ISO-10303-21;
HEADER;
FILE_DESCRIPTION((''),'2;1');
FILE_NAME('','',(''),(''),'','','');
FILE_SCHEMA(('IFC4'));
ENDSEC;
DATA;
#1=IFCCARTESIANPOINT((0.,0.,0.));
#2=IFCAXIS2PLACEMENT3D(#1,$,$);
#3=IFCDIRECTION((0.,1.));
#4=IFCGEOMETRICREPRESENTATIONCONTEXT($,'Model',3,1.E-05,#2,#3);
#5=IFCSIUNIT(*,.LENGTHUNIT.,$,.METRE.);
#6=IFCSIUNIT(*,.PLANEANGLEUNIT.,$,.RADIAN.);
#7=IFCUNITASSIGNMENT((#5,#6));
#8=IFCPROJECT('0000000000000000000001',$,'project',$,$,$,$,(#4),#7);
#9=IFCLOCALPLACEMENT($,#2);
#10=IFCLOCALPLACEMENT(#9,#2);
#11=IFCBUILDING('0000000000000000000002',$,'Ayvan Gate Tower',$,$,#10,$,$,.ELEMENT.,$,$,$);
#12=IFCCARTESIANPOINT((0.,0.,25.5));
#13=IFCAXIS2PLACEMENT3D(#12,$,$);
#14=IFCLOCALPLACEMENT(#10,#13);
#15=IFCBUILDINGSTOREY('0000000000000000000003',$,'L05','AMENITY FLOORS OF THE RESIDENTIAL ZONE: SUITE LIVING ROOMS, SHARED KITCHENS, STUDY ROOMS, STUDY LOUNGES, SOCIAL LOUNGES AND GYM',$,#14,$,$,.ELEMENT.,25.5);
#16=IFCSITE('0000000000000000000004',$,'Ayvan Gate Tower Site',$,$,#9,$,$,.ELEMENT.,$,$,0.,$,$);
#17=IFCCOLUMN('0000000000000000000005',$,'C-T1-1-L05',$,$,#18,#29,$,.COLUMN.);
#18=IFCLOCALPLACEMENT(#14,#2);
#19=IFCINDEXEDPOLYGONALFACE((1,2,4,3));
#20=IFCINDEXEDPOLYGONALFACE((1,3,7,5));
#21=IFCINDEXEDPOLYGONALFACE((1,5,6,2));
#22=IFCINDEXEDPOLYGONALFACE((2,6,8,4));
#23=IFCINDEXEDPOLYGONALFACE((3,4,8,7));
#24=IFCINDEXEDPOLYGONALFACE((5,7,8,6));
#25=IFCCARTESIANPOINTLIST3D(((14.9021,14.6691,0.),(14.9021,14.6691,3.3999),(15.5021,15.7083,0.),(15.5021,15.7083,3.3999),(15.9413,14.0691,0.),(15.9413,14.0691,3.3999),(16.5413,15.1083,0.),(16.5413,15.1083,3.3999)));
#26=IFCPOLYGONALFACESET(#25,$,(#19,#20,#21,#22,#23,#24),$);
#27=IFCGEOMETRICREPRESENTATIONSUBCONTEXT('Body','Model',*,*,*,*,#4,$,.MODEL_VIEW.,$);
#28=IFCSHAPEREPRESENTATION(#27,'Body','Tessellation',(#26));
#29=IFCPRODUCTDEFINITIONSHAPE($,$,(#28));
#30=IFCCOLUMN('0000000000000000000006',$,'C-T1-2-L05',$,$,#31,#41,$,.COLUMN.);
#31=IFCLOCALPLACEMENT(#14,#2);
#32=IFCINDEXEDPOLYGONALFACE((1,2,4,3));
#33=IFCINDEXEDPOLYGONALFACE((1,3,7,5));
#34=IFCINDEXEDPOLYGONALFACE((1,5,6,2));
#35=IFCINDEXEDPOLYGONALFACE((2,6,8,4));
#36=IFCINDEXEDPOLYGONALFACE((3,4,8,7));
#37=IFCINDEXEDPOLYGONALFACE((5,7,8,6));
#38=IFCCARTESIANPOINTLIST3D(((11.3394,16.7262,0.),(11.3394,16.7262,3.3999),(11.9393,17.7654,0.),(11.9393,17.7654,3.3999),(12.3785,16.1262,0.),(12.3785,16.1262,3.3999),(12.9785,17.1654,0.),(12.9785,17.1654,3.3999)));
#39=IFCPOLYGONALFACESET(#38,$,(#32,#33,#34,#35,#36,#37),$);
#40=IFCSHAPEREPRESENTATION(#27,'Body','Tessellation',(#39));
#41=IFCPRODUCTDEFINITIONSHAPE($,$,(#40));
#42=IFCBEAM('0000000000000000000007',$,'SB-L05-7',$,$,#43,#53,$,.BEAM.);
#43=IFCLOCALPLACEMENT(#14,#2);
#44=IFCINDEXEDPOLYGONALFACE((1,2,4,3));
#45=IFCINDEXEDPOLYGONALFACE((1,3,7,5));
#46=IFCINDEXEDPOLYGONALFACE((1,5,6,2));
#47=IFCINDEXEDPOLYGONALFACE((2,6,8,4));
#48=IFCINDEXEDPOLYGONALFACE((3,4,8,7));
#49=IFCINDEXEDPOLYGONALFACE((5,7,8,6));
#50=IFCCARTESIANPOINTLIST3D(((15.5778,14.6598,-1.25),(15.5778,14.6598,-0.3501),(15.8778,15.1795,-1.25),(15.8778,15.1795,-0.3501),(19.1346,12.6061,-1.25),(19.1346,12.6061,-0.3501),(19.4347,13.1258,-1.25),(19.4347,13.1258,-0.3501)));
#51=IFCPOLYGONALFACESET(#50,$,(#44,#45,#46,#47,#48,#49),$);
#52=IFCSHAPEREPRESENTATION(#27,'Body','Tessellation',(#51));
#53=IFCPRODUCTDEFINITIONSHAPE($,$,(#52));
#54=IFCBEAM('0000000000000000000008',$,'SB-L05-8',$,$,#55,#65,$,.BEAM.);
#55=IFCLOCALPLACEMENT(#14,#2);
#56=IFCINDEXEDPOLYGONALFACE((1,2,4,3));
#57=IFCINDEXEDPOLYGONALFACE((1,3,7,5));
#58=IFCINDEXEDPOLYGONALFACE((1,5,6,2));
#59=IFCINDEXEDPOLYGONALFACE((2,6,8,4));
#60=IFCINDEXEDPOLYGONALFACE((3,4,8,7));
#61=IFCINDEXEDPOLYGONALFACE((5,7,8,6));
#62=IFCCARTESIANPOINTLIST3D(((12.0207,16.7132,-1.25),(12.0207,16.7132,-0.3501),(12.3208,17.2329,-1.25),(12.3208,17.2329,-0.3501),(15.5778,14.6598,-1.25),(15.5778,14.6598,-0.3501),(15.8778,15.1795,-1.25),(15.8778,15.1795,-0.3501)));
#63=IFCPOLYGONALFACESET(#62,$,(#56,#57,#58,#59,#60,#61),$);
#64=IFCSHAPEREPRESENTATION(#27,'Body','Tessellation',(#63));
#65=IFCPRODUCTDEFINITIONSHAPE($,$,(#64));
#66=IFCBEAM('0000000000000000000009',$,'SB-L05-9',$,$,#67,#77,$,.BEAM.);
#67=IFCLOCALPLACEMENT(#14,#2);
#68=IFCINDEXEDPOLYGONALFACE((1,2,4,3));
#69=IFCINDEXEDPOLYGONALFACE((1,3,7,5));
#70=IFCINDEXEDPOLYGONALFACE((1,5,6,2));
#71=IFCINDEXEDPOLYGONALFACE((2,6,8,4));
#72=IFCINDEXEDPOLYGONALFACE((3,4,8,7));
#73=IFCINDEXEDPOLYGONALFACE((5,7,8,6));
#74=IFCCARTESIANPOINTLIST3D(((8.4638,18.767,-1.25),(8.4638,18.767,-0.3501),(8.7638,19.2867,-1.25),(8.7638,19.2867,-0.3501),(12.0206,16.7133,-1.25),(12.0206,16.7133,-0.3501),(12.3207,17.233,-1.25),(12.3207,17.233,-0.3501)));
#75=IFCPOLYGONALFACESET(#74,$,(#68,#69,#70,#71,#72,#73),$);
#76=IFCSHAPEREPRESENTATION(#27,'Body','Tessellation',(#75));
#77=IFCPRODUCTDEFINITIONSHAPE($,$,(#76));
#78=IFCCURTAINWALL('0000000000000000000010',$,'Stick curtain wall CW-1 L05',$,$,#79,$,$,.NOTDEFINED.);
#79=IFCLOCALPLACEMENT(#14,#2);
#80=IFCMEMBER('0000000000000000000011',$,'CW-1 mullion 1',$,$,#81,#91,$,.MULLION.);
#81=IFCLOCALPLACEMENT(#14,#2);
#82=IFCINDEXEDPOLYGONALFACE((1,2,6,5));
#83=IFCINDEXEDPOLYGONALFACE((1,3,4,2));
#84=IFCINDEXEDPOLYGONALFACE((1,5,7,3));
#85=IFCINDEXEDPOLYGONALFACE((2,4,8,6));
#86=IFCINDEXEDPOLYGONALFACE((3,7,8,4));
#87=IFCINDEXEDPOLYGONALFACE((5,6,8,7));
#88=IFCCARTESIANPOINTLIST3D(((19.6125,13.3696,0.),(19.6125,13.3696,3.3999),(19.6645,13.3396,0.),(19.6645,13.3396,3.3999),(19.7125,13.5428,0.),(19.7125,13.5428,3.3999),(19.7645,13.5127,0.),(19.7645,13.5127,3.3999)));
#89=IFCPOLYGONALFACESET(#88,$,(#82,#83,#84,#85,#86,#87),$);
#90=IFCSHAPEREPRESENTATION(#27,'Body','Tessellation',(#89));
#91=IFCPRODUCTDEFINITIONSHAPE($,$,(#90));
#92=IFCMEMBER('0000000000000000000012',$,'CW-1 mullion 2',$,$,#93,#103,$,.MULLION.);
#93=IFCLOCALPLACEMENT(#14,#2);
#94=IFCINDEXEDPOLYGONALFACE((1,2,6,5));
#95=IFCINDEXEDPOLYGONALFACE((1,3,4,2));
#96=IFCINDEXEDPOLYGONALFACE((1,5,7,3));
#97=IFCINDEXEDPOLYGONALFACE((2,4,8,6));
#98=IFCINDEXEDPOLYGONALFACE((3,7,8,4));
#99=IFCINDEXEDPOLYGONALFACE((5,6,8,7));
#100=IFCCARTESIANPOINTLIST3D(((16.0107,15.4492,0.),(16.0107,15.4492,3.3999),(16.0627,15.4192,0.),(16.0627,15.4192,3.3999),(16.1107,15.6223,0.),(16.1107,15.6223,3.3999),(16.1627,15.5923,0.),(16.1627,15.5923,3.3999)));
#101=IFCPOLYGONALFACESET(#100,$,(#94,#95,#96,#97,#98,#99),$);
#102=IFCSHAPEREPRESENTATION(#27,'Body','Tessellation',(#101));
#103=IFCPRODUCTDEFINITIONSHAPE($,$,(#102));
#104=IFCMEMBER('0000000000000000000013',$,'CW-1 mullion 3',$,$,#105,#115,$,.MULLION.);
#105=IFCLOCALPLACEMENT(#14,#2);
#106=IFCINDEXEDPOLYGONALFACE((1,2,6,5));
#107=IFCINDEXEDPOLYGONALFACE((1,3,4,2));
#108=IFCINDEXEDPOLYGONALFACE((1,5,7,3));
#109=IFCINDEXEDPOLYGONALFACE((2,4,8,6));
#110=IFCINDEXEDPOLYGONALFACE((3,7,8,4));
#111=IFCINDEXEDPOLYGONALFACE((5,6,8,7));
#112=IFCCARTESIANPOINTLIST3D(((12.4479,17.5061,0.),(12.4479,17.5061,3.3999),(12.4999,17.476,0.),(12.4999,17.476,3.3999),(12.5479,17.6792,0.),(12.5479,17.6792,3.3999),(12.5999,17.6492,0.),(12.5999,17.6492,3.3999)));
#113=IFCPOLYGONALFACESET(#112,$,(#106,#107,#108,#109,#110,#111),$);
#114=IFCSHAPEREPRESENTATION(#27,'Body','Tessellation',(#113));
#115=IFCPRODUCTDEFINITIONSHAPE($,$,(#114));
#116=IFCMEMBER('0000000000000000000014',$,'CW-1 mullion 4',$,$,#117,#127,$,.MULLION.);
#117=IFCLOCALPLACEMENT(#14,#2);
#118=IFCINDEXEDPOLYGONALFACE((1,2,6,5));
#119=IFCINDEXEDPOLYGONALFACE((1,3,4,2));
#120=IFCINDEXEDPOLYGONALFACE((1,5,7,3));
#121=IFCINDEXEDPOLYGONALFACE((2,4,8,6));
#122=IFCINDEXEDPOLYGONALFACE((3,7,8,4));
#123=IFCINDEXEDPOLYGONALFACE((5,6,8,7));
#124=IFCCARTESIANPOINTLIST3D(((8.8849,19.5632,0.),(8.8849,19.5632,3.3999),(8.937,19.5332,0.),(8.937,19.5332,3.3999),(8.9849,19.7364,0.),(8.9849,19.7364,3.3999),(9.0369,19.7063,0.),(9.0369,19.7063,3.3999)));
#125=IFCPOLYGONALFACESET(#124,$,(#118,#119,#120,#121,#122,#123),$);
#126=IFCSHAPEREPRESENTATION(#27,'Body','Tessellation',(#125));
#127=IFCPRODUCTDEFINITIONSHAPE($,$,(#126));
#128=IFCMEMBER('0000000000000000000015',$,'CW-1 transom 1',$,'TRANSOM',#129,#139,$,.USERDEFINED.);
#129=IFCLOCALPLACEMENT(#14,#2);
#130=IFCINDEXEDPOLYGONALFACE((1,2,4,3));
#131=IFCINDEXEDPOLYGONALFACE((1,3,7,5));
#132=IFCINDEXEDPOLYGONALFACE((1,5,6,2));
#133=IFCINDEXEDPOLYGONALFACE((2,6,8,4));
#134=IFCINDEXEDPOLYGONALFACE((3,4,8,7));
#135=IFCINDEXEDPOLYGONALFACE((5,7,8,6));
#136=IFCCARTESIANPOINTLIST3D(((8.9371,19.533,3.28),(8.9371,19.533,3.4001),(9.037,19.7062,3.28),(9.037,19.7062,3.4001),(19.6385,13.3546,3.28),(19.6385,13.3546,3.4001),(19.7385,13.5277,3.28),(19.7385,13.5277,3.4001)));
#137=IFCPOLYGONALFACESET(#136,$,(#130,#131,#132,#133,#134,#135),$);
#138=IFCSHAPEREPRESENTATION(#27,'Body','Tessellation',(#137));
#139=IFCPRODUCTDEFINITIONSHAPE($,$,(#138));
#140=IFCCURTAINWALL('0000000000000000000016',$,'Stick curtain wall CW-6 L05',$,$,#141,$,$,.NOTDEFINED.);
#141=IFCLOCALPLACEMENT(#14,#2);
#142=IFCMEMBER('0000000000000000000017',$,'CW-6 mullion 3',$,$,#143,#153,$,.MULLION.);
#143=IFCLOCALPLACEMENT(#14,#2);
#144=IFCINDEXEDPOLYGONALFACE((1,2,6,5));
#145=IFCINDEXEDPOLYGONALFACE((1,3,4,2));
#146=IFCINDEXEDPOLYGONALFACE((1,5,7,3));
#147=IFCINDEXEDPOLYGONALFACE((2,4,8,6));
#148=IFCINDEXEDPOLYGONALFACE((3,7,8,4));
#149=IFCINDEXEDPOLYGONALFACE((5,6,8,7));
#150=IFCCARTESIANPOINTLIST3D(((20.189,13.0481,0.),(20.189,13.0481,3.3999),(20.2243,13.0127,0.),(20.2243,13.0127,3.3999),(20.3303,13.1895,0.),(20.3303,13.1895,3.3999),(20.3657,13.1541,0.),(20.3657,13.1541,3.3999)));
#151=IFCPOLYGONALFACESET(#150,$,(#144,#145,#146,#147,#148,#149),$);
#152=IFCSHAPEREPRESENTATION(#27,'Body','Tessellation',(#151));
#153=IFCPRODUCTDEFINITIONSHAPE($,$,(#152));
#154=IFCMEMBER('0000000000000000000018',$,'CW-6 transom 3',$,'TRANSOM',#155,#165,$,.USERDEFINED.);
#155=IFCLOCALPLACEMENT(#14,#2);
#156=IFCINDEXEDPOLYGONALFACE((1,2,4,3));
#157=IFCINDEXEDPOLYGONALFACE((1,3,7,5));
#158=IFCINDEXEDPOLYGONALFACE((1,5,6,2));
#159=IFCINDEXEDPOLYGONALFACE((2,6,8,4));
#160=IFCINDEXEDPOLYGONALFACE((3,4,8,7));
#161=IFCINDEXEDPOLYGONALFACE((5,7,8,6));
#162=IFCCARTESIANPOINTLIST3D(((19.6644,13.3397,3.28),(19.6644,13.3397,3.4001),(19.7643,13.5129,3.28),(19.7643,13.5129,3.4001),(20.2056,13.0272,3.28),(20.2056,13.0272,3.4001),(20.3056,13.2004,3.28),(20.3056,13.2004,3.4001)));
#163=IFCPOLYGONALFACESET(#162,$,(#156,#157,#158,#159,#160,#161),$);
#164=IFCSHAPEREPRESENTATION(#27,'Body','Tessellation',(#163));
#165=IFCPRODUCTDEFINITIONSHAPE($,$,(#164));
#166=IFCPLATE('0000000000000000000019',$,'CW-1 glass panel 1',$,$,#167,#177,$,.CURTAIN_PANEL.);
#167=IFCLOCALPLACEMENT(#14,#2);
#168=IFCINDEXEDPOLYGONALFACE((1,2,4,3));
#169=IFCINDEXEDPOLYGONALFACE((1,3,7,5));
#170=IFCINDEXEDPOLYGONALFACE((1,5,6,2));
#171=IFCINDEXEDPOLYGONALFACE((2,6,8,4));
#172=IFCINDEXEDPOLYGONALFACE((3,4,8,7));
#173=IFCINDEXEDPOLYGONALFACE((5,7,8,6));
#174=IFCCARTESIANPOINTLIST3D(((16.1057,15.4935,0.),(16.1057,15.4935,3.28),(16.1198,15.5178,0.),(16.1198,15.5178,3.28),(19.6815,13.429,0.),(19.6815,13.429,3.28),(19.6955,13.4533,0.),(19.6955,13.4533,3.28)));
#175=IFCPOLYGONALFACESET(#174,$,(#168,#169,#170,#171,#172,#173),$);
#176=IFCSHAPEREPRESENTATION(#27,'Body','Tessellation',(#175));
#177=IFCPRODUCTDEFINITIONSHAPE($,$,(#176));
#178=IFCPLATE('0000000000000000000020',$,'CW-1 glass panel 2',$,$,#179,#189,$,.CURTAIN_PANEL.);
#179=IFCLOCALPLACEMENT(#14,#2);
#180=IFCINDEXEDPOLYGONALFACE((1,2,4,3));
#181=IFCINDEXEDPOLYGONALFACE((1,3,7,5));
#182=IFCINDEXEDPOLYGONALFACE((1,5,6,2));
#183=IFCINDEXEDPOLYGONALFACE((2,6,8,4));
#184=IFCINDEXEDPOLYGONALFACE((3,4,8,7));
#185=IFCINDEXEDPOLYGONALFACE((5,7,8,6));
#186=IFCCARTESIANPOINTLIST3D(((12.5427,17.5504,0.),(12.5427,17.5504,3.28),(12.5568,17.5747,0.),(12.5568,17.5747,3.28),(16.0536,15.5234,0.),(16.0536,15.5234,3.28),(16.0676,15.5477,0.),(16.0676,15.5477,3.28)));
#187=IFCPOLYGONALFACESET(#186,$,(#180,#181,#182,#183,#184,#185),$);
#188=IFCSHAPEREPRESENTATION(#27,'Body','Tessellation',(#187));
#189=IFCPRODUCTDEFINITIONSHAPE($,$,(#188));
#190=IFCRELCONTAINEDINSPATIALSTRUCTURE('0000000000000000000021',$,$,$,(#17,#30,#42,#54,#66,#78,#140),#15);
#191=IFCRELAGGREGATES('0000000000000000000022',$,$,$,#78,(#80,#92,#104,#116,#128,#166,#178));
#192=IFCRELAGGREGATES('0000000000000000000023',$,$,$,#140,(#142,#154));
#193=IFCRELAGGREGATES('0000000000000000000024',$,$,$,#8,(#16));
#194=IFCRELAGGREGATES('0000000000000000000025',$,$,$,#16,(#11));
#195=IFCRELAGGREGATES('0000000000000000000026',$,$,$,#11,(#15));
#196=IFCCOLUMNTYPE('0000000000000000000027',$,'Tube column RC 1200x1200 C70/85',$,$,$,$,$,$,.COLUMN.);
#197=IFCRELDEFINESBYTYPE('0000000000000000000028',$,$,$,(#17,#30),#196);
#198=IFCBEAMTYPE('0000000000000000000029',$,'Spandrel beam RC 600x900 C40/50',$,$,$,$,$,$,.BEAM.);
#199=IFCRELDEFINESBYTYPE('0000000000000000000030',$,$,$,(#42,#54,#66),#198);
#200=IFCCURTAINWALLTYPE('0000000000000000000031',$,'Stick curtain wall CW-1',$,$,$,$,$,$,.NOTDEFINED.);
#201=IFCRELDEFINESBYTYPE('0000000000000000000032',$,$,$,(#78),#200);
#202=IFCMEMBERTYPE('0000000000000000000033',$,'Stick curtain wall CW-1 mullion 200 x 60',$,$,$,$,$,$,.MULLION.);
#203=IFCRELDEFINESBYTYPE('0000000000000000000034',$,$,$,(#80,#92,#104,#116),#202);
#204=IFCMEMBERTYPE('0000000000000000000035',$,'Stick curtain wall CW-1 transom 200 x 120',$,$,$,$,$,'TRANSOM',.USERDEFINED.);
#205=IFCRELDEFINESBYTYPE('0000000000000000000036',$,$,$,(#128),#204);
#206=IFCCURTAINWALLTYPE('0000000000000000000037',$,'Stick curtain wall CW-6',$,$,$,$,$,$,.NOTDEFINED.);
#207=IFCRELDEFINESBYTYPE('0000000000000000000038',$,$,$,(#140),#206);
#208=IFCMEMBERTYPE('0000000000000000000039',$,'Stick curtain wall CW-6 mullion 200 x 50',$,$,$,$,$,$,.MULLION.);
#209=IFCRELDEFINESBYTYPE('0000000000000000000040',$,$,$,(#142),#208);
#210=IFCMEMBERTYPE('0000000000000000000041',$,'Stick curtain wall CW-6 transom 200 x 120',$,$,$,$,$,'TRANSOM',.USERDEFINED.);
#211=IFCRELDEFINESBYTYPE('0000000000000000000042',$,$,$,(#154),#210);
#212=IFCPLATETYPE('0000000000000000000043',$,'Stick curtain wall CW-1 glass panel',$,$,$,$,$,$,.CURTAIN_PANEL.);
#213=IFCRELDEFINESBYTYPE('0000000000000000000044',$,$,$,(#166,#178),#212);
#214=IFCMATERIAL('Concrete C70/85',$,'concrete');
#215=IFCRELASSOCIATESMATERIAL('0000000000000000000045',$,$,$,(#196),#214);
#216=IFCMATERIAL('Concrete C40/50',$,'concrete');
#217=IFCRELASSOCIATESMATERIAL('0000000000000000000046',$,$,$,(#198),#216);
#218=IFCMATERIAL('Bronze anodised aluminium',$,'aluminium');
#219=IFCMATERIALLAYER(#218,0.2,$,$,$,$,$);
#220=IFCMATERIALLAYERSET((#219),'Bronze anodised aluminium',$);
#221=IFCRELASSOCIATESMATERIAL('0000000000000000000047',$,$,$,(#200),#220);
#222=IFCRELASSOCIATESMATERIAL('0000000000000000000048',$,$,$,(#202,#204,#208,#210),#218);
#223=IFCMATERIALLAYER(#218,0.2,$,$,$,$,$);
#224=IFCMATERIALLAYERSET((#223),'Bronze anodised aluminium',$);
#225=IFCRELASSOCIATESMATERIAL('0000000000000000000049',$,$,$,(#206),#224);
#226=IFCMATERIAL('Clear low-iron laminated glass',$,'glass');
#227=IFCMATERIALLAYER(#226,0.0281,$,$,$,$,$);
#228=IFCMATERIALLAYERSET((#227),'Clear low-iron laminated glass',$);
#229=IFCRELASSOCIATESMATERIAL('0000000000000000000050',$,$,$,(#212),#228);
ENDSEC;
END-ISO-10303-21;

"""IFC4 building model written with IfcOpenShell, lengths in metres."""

from ifc_helpers import new_model, si_unit, direction, frame, origin, origin_2d, place, context, subcontext, project, spatial, rectangle, extrude, material, layer, layer_set, material_profile, profile_set, type_object, element, aggregate, save


model = new_model("IFC4")

# Units and contexts
model_context = context("Model", 3, precision=1e-05, world=origin(), true_north=direction((0.0, 1.0)))
body_context = subcontext(model_context, "Body", "Model", "MODEL_VIEW")
ifc_project = project(units=[si_unit("LENGTHUNIT", "METRE"), si_unit("PLANEANGLEUNIT", "RADIAN")], contexts=[model_context])

# Site, building, storey
site_placement = place(None, origin())
site = spatial("IfcSite", under=ifc_project, at=site_placement, Name="Ayvan Gate Tower Site", CompositionType="ELEMENT", RefElevation=0.0)
building_placement = place(site_placement, origin())
building = spatial("IfcBuilding", under=site, at=building_placement, Name="Ayvan Gate Tower", CompositionType="ELEMENT")
storey_placement = place(building_placement, frame((0.0, 0.0, 25.5)))
storey = spatial("IfcBuildingStorey", under=building, at=storey_placement, Name="L05", Description="AMENITY FLOORS OF THE RESIDENTIAL ZONE: SUITE LIVING ROOMS, SHARED KITCHENS, STUDY ROOMS, STUDY LOUNGES, SOCIAL LOUNGES AND GYM", CompositionType="ELEMENT", Elevation=25.5)

# Columns
ifc_material_1 = material(Name="Concrete C70/85", Category="concrete")
ifc_material_profile_1 = material_profile(ifc_material_1, rectangle(XDim=1.2, YDim=1.2, at=origin_2d()), Name="RC 1200x1200")
ifc_profile_set_1 = profile_set([ifc_material_profile_1], Name="Concrete C70/85")
column_type = type_object("IfcColumnType", Name="Tube column RC 1200x1200 C70/85", PredefinedType="COLUMN", material=ifc_profile_set_1)
for number, where, z_axis, x_axis, name in (
    (1, (15.7217, 14.8887, 0.0), (0.0, 0.0, 1.0), (0.5, 0.866025, 0.0), "C-T1-1-L05"),
    (2, (12.1589, 16.9458, 0.0), (0.0, 0.0, 1.0), (0.5, 0.866025, 0.0), "C-T1-2-L05"),
):
    element("IfcColumn", number, at=place(storey_placement, frame(where, z_axis=z_axis, x_axis=x_axis)), inside=storey, type_object=column_type, Name=name, PredefinedType="COLUMN", context=body_context, shape_type="SweptSolid", body=[
        extrude(rectangle(XDim=1.2, YDim=1.2, at=origin_2d()), origin(), (0.0, 0.0, 1.0), 3.3999),
    ])

# Beams
ifc_material_2 = material(Name="Concrete C40/50", Category="concrete")
ifc_material_profile_2 = material_profile(ifc_material_2, rectangle(XDim=0.6001, YDim=0.8999, at=origin_2d()), Name="RC 600x900")
ifc_profile_set_2 = profile_set([ifc_material_profile_2], Name="Concrete C40/50")
beam_type = type_object("IfcBeamType", Name="Spandrel beam RC 600x900 C40/50", PredefinedType="BEAM", material=ifc_profile_set_2)
for number, where, z_axis, x_axis, name in (
    (3, (19.2847, 12.866, -0.8), (-0.86601, 0.500026, 0.0), (-0.500026, -0.86601, 0.0), "SB-L05-7"),
    (4, (15.7278, 14.9197, -0.8), (-0.866051, 0.499956, 0.0), (-0.499956, -0.866051, 0.0), "SB-L05-8"),
    (5, (12.1707, 16.9731, -0.8), (-0.86601, 0.500026, 0.0), (-0.500026, -0.86601, 0.0), "SB-L05-9"),
):
    element("IfcBeam", number, at=place(storey_placement, frame(where, z_axis=z_axis, x_axis=x_axis)), inside=storey, type_object=beam_type, Name=name, PredefinedType="BEAM", context=body_context, shape_type="SweptSolid", body=[
        extrude(rectangle(XDim=0.6001, YDim=0.8999, at=origin_2d()), origin(), (0.0, 0.0, 1.0), 4.1072),
    ])

# Curtain walls, members
ifc_material_3 = material(Name="Bronze anodised aluminium", Category="aluminium")
ifc_layer_1 = layer(ifc_material_3, 0.2)
ifc_layer_set_1 = layer_set([ifc_layer_1], Name="Bronze anodised aluminium")
curtain_wall_type_1 = type_object("IfcCurtainWallType", Name="Stick curtain wall CW-1", PredefinedType="NOTDEFINED", material=ifc_layer_set_1)
curtain_wall_1_placement = place(storey_placement, origin())
curtain_wall_1 = element("IfcCurtainWall", 6, at=curtain_wall_1_placement, inside=storey, type_object=curtain_wall_type_1, Name="Stick curtain wall CW-1 L05", PredefinedType="NOTDEFINED")
ifc_material_profile_3 = material_profile(ifc_material_3, rectangle(XDim=0.2, YDim=0.0601, at=origin_2d()), Name="Stick curtain wall CW-1 mullion 200 x 60")
ifc_profile_set_3 = profile_set([ifc_material_profile_3], Name="Bronze anodised aluminium")
member_type_1 = type_object("IfcMemberType", Name="Stick curtain wall CW-1 mullion 200 x 60", PredefinedType="MULLION", material=ifc_profile_set_3)
member_1_placement = place(storey_placement, frame((19.6885, 13.4412, 0.0), z_axis=(0.0, 0.0, 1.0), x_axis=(0.5, 0.866025, 0.0)))
member_1 = element("IfcMember", 7, at=member_1_placement, type_object=member_type_1, Name="CW-1 mullion 1", PredefinedType="MULLION", context=body_context, shape_type="SweptSolid", body=[
    extrude(rectangle(XDim=0.2, YDim=0.0601, at=origin_2d()), origin(), (0.0, 0.0, 1.0), 3.3999),
])
member_2_placement = place(storey_placement, frame((16.0867, 15.5208, 0.0), z_axis=(0.0, 0.0, 1.0), x_axis=(0.5, 0.866025, 0.0)))
member_2 = element("IfcMember", 8, at=member_2_placement, type_object=member_type_1, Name="CW-1 mullion 2", PredefinedType="MULLION", context=body_context, shape_type="SweptSolid", body=[
    extrude(rectangle(XDim=0.2, YDim=0.0601, at=origin_2d()), origin(), (0.0, 0.0, 1.0), 3.3999),
])
member_3_placement = place(storey_placement, frame((12.5239, 17.5776, 0.0), z_axis=(0.0, 0.0, 1.0), x_axis=(0.5, 0.866025, 0.0)))
member_3 = element("IfcMember", 9, at=member_3_placement, type_object=member_type_1, Name="CW-1 mullion 3", PredefinedType="MULLION", context=body_context, shape_type="SweptSolid", body=[
    extrude(rectangle(XDim=0.2, YDim=0.0601, at=origin_2d()), origin(), (0.0, 0.0, 1.0), 3.3999),
])
member_4_placement = place(storey_placement, frame((8.9609, 19.6348, 0.0), z_axis=(0.0, 0.0, 1.0), x_axis=(0.5, 0.866025, 0.0)))
member_4 = element("IfcMember", 10, at=member_4_placement, type_object=member_type_1, Name="CW-1 mullion 4", PredefinedType="MULLION", context=body_context, shape_type="SweptSolid", body=[
    extrude(rectangle(XDim=0.2, YDim=0.0601, at=origin_2d()), origin(), (0.0, 0.0, 1.0), 3.3999),
])
ifc_material_profile_4 = material_profile(ifc_material_3, rectangle(XDim=0.2, YDim=0.1201, at=origin_2d()), Name="Stick curtain wall CW-1 transom 200 x 120")
ifc_profile_set_4 = profile_set([ifc_material_profile_4], Name="Bronze anodised aluminium")
member_type_2 = type_object("IfcMemberType", Name="Stick curtain wall CW-1 transom 200 x 120", ElementType="TRANSOM", PredefinedType="USERDEFINED", material=ifc_profile_set_4)
member_5_placement = place(storey_placement, frame((19.6885, 13.4412, 3.3401), z_axis=(-0.866025, 0.5, 0.0), x_axis=(-0.5, -0.866025, 0.0)))
member_5 = element("IfcMember", 11, at=member_5_placement, type_object=member_type_2, Name="CW-1 transom 1", ObjectType="TRANSOM", PredefinedType="USERDEFINED", context=body_context, shape_type="SweptSolid", body=[
    extrude(rectangle(XDim=0.2, YDim=0.1201, at=origin_2d()), origin(), (0.0, 0.0, 1.0), 12.3569),
])
ifc_layer_2 = layer(ifc_material_3, 0.2)
ifc_layer_set_2 = layer_set([ifc_layer_2], Name="Bronze anodised aluminium")
curtain_wall_type_2 = type_object("IfcCurtainWallType", Name="Stick curtain wall CW-6", PredefinedType="NOTDEFINED", material=ifc_layer_set_2)
curtain_wall_2_placement = place(storey_placement, origin())
curtain_wall_2 = element("IfcCurtainWall", 12, at=curtain_wall_2_placement, inside=storey, type_object=curtain_wall_type_2, Name="Stick curtain wall CW-6 L05", PredefinedType="NOTDEFINED")
ifc_material_profile_5 = material_profile(ifc_material_3, rectangle(XDim=0.2, YDim=0.05, at=origin_2d()), Name="Stick curtain wall CW-6 mullion 200 x 50")
ifc_profile_set_5 = profile_set([ifc_material_profile_5], Name="Bronze anodised aluminium")
member_type_3 = type_object("IfcMemberType", Name="Stick curtain wall CW-6 mullion 200 x 50", PredefinedType="MULLION", material=ifc_profile_set_5)
member_6_placement = place(storey_placement, frame((20.2773, 13.1011, 0.0), z_axis=(0.0, 0.0, 1.0), x_axis=(0.707107, 0.707107, 0.0)))
member_6 = element("IfcMember", 13, at=member_6_placement, type_object=member_type_3, Name="CW-6 mullion 3", PredefinedType="MULLION", context=body_context, shape_type="SweptSolid", body=[
    extrude(rectangle(XDim=0.2, YDim=0.05, at=origin_2d()), origin(), (0.0, 0.0, 1.0), 3.3999),
])
ifc_material_profile_6 = material_profile(ifc_material_3, rectangle(XDim=0.2, YDim=0.1201, at=origin_2d()), Name="Stick curtain wall CW-6 transom 200 x 120")
ifc_profile_set_6 = profile_set([ifc_material_profile_6], Name="Bronze anodised aluminium")
member_type_4 = type_object("IfcMemberType", Name="Stick curtain wall CW-6 transom 200 x 120", ElementType="TRANSOM", PredefinedType="USERDEFINED", material=ifc_profile_set_6)
member_7_placement = place(storey_placement, frame((20.2556, 13.1138, 3.3401), z_axis=(-0.866023, 0.500004, 0.0), x_axis=(-0.500004, -0.866023, 0.0)))
member_7 = element("IfcMember", 14, at=member_7_placement, type_object=member_type_4, Name="CW-6 transom 3", ObjectType="TRANSOM", PredefinedType="USERDEFINED", context=body_context, shape_type="SweptSolid", body=[
    extrude(rectangle(XDim=0.2, YDim=0.1201, at=origin_2d()), origin(), (0.0, 0.0, 1.0), 0.625),
])

# Plates
ifc_material_4 = material(Name="Clear low-iron laminated glass", Category="glass")
ifc_layer_3 = layer(ifc_material_4, 0.0281)
ifc_layer_set_3 = layer_set([ifc_layer_3], Name="Clear low-iron laminated glass")
plate_type_1 = type_object("IfcPlateType", Name="Stick curtain wall CW-1 glass panel", PredefinedType="CURTAIN_PANEL", material=ifc_layer_set_3)
plate_1_placement = place(storey_placement, frame((17.9006, 14.4734, 0.0), z_axis=(0.0, 0.0, 1.0), x_axis=(-0.866025, 0.5, 0.0)))
plate_1 = element("IfcPlate", 15, at=plate_1_placement, type_object=plate_type_1, Name="CW-1 glass panel 1", PredefinedType="CURTAIN_PANEL", context=body_context, shape_type="SweptSolid", body=[
    extrude(rectangle(XDim=4.1289, YDim=0.0281, at=origin_2d()), origin(), (0.0, 0.0, 1.0), 3.28),
])
plate_2_placement = place(storey_placement, frame((14.3052, 16.5491, 0.0), z_axis=(0.0, 0.0, 1.0), x_axis=(-0.866025, 0.5, 0.0)))
plate_2 = element("IfcPlate", 16, at=plate_2_placement, type_object=plate_type_1, Name="CW-1 glass panel 2", PredefinedType="CURTAIN_PANEL", context=body_context, shape_type="SweptSolid", body=[
    extrude(rectangle(XDim=4.054, YDim=0.0281, at=origin_2d()), origin(), (0.0, 0.0, 1.0), 3.28),
])
aggregate(curtain_wall_1, [member_1, member_2, member_3, member_4, member_5, plate_1, plate_2])
aggregate(curtain_wall_2, [member_6, member_7])

save(model, "model.ifc")
